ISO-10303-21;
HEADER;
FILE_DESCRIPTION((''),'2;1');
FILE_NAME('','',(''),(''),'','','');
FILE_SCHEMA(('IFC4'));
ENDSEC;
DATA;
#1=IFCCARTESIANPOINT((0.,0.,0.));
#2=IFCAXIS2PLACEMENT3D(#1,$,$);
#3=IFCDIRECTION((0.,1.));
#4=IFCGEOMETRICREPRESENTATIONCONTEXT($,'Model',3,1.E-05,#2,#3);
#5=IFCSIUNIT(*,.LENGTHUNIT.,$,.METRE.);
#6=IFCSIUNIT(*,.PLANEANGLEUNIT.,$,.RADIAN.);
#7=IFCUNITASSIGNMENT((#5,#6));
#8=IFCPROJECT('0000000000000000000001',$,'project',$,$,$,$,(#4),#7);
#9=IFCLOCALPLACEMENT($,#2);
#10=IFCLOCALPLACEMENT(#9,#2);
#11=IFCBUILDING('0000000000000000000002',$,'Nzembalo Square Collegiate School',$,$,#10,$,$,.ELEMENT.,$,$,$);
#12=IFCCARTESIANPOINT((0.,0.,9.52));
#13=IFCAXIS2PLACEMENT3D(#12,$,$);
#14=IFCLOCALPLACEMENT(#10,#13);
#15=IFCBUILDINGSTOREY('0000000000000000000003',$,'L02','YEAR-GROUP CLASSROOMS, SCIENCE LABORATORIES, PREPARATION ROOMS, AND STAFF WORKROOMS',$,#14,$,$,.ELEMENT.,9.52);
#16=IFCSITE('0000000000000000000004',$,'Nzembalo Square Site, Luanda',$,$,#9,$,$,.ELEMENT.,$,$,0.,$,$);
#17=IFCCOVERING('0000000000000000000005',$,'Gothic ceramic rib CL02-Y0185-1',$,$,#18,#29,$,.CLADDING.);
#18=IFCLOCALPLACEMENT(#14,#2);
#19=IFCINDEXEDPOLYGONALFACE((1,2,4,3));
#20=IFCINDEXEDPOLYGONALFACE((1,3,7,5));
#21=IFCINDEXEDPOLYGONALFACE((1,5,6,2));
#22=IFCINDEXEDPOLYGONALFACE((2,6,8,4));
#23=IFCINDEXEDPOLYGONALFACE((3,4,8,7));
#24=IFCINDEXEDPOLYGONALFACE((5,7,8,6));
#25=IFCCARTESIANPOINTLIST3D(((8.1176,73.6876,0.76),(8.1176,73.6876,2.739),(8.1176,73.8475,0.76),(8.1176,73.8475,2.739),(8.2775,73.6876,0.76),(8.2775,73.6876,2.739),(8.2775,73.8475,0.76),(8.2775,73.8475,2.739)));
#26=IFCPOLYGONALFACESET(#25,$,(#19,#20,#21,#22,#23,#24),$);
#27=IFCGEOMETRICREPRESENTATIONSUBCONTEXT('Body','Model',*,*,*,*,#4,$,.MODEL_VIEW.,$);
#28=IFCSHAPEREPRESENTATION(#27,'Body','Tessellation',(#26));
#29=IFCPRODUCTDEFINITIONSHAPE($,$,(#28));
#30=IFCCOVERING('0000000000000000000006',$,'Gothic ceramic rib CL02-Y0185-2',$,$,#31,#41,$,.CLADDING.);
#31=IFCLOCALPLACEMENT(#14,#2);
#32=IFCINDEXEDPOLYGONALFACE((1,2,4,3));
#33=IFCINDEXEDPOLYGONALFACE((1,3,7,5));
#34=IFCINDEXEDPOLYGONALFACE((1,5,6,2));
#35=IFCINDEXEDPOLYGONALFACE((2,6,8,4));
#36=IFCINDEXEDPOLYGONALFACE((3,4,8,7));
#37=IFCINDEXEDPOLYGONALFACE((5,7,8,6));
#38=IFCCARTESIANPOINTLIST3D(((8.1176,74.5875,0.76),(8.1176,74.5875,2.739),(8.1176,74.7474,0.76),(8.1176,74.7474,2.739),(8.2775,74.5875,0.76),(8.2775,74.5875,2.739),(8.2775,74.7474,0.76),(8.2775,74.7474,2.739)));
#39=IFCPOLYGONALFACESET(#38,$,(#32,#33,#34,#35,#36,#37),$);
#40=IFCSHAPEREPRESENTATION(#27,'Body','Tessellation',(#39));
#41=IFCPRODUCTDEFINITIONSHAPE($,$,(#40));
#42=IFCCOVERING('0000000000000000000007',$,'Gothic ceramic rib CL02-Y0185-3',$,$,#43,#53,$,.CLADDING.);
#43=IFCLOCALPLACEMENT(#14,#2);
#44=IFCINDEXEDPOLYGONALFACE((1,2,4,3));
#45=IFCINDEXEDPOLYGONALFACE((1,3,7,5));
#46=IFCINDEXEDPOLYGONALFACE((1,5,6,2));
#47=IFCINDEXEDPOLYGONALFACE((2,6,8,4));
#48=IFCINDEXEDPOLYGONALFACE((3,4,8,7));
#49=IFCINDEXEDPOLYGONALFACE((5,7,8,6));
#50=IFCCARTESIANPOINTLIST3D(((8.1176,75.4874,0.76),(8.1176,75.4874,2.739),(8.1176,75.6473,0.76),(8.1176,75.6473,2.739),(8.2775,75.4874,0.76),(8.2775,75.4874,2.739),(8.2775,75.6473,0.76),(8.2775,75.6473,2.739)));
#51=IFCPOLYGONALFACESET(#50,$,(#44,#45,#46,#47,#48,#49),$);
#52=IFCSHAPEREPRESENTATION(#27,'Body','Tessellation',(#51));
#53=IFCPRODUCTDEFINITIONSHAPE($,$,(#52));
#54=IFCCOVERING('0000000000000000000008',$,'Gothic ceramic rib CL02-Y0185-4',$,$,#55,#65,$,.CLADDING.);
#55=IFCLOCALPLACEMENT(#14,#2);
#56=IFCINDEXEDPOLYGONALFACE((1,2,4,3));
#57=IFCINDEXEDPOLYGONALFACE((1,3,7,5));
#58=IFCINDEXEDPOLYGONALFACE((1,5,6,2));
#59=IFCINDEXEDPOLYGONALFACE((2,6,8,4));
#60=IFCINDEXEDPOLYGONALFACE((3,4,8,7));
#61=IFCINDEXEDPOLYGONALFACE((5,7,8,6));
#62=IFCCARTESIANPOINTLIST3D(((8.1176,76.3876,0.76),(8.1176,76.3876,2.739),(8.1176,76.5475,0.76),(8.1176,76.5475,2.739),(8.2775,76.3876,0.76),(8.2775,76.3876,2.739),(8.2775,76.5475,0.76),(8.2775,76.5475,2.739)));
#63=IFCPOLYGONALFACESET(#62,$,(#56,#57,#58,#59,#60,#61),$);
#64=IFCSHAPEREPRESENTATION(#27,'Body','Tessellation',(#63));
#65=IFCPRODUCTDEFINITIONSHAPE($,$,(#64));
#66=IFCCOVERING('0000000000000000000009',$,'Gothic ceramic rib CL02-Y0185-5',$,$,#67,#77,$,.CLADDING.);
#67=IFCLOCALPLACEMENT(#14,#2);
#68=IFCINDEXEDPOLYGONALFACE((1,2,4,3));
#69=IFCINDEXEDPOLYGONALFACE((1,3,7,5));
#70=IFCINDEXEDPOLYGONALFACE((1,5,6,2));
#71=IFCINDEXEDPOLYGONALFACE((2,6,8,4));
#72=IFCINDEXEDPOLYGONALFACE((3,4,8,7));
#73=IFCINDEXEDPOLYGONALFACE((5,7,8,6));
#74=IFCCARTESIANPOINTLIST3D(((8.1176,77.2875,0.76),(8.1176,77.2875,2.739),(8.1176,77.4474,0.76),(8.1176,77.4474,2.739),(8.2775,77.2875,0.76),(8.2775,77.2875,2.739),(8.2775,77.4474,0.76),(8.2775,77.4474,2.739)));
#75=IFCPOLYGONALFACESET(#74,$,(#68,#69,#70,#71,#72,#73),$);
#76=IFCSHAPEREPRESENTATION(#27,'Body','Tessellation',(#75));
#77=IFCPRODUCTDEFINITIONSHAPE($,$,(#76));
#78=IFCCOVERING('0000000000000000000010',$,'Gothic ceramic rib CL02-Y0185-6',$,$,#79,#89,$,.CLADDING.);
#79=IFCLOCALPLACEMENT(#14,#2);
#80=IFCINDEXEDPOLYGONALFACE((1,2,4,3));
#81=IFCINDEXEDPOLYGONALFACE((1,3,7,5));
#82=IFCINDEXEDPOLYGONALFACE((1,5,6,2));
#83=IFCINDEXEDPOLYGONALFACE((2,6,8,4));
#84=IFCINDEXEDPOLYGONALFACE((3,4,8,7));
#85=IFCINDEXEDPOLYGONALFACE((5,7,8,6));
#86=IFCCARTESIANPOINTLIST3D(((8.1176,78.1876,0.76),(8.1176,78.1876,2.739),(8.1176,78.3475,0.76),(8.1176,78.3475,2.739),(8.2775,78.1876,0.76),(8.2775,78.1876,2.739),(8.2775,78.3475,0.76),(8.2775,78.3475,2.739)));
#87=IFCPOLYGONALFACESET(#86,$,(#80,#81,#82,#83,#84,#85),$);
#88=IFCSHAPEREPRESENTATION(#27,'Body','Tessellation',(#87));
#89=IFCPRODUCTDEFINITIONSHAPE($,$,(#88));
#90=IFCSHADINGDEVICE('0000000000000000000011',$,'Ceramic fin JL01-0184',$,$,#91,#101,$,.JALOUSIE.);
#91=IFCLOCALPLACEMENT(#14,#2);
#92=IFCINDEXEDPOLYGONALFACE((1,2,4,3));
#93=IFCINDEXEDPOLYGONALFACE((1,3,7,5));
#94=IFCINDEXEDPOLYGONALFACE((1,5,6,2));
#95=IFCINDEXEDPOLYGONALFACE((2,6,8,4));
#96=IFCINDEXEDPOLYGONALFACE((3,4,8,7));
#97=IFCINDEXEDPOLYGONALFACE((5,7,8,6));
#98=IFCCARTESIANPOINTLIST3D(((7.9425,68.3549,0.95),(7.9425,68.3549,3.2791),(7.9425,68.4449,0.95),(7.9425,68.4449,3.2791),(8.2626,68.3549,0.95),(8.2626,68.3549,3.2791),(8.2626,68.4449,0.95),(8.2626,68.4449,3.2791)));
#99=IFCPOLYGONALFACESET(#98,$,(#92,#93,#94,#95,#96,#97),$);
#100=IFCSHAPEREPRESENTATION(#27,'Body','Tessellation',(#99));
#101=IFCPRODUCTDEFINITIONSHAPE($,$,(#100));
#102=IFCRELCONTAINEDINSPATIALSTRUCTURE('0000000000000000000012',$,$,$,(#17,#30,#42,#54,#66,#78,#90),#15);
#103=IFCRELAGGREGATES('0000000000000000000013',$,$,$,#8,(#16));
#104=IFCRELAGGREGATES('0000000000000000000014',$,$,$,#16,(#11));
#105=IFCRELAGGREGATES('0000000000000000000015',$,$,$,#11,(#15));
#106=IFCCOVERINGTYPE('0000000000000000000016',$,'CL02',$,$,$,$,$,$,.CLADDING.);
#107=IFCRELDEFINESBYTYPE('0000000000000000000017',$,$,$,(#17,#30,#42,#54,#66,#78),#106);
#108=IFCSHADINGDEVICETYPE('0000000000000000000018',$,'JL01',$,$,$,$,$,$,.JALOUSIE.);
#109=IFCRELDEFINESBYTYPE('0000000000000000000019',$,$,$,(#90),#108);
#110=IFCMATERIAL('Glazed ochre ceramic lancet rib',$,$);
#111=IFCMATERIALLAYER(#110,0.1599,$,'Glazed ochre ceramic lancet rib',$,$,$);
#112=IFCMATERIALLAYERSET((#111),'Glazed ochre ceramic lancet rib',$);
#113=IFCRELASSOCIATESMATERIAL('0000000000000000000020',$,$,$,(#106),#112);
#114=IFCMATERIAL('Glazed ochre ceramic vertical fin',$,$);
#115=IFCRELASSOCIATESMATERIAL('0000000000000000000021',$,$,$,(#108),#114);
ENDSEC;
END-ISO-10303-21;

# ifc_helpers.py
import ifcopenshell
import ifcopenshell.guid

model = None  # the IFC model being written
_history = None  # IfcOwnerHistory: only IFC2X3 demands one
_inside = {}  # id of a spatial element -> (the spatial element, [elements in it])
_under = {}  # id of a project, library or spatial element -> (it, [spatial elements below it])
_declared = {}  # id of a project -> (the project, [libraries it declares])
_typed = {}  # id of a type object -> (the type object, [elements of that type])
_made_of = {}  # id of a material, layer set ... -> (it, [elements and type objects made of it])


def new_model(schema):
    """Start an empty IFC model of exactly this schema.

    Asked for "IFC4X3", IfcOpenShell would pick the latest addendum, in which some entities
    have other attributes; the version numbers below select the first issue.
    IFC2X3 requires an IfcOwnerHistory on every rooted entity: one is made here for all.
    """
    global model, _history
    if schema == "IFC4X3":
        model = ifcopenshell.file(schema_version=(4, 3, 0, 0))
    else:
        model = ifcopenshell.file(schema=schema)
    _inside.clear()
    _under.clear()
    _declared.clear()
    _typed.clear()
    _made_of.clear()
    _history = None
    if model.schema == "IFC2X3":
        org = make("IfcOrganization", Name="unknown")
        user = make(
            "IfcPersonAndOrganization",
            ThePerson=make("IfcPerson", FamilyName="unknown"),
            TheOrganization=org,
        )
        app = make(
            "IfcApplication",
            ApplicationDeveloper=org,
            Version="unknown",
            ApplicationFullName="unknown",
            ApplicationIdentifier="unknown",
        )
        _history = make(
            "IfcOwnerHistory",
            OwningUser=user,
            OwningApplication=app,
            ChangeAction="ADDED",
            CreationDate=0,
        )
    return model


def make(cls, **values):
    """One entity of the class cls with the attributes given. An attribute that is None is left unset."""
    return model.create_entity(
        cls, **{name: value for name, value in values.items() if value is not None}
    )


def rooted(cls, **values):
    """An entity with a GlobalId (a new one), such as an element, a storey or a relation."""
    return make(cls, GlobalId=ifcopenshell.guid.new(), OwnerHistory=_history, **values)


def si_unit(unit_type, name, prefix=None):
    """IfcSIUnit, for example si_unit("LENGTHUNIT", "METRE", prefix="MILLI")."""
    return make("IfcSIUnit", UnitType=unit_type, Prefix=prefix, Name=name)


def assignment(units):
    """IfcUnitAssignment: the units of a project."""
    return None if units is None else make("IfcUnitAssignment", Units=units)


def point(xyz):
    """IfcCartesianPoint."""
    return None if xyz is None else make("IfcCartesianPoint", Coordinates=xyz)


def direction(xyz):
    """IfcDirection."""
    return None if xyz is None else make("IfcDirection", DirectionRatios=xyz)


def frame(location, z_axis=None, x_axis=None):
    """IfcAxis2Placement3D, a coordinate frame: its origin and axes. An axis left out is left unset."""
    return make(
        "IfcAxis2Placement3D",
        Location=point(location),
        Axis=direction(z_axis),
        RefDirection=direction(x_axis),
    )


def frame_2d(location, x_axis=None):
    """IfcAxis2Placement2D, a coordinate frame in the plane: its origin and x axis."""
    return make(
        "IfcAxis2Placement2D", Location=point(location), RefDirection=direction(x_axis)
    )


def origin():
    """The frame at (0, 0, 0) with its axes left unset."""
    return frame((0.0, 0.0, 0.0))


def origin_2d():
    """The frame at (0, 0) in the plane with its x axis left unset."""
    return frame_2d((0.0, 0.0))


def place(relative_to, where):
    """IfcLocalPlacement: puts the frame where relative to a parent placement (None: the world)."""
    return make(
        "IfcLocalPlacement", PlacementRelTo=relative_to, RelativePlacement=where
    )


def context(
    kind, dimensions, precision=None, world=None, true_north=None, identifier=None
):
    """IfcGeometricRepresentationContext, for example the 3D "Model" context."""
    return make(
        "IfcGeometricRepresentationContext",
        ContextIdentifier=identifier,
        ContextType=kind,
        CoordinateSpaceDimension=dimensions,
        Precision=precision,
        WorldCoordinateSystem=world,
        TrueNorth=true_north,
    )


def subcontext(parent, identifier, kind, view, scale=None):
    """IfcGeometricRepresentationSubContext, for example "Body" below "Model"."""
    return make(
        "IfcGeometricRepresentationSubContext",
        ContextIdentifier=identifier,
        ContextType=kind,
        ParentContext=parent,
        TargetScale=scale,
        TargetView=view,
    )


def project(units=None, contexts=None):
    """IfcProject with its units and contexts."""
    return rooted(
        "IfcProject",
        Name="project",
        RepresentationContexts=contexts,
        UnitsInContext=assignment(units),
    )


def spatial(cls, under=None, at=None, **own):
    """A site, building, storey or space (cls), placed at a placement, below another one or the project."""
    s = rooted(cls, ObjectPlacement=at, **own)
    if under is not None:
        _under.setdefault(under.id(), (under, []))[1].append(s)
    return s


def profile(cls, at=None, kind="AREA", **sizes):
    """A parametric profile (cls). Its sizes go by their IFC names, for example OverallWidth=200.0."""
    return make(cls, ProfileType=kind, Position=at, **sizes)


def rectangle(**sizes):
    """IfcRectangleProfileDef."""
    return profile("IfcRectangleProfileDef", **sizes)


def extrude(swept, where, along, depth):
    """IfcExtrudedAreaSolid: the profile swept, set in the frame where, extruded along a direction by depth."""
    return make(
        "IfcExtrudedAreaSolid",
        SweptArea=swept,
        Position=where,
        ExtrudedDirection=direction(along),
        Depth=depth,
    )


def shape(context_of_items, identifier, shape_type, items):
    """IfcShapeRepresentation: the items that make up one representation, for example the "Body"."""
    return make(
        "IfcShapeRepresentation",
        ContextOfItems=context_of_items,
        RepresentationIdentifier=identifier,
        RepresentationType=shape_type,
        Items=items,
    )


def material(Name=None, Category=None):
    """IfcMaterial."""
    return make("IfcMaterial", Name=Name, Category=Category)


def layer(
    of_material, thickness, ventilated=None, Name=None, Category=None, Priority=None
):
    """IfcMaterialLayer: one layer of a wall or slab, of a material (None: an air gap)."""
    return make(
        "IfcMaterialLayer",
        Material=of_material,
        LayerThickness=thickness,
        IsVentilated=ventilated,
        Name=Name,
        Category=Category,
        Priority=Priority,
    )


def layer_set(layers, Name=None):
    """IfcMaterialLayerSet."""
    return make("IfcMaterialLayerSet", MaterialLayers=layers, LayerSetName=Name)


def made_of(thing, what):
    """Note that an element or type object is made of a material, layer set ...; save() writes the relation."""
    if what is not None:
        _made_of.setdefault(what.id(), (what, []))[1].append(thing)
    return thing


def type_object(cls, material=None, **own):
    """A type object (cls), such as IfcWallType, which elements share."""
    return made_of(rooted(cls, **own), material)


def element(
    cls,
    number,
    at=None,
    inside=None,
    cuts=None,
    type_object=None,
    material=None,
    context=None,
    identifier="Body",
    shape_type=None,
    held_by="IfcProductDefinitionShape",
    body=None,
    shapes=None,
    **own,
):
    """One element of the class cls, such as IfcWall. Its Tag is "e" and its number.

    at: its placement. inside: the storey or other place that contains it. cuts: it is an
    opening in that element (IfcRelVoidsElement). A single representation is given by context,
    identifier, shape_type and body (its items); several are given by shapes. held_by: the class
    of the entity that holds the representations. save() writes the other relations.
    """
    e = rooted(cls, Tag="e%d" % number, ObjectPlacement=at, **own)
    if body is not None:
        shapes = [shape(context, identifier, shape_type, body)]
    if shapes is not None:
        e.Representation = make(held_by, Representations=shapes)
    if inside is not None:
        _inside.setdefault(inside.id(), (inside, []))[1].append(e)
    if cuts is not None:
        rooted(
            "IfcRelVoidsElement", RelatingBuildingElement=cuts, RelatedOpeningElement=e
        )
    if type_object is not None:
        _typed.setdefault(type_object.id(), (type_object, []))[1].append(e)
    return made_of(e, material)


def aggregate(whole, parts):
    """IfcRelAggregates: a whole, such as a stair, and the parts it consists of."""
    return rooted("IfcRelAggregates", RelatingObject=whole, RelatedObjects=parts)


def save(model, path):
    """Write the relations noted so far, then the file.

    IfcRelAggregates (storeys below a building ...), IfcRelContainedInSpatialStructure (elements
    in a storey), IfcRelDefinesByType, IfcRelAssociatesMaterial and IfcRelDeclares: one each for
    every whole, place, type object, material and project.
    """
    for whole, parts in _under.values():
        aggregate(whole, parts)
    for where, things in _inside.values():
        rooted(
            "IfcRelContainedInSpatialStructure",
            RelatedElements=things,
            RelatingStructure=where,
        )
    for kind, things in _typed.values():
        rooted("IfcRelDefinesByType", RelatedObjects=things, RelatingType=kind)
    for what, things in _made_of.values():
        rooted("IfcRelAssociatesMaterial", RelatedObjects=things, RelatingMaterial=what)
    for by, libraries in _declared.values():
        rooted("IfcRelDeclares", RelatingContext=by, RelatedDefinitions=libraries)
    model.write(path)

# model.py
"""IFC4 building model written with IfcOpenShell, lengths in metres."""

from ifc_helpers import new_model, si_unit, direction, frame, origin, origin_2d, place, context, subcontext, project, spatial, rectangle, extrude, material, layer, layer_set, type_object, element, save


model = new_model("IFC4")

# Units and contexts
model_context = context("Model", 3, precision=1e-05, world=origin(), true_north=direction((0.0, 1.0)))
body_context = subcontext(model_context, "Body", "Model", "MODEL_VIEW")
ifc_project = project(units=[si_unit("LENGTHUNIT", "METRE"), si_unit("PLANEANGLEUNIT", "RADIAN")], contexts=[model_context])

# Site, building, storey
site_placement = place(None, origin())
site = spatial("IfcSite", under=ifc_project, at=site_placement, Name="Nzembalo Square Site, Luanda", CompositionType="ELEMENT", RefElevation=0.0)
building_placement = place(site_placement, origin())
building = spatial("IfcBuilding", under=site, at=building_placement, Name="Nzembalo Square Collegiate School", CompositionType="ELEMENT")
storey_placement = place(building_placement, frame((0.0, 0.0, 9.52)))
storey = spatial("IfcBuildingStorey", under=building, at=storey_placement, Name="L02", Description="YEAR-GROUP CLASSROOMS, SCIENCE LABORATORIES, PREPARATION ROOMS, AND STAFF WORKROOMS", CompositionType="ELEMENT", Elevation=9.52)

# Coverings
ifc_material_1 = material(Name="Glazed ochre ceramic lancet rib")
ifc_layer_1 = layer(ifc_material_1, 0.1599, Name="Glazed ochre ceramic lancet rib")
ifc_layer_set_1 = layer_set([ifc_layer_1], Name="Glazed ochre ceramic lancet rib")
covering_type_1 = type_object("IfcCoveringType", Name="CL02", PredefinedType="CLADDING", material=ifc_layer_set_1)
for number, where, z_axis, x_axis, name in (
    (1, (8.1975, 73.7676, 0.76), (0.0, 0.0, 1.0), (1.0, 0.0, 0.0), "Gothic ceramic rib CL02-Y0185-1"),
    (2, (8.1975, 74.6675, 0.76), (0.0, 0.0, 1.0), (1.0, 0.0, 0.0), "Gothic ceramic rib CL02-Y0185-2"),
    (3, (8.1975, 75.5674, 0.76), (0.0, 0.0, 1.0), (1.0, 0.0, 0.0), "Gothic ceramic rib CL02-Y0185-3"),
    (4, (8.1975, 76.4675, 0.76), (0.0, 0.0, 1.0), (1.0, 0.0, 0.0), "Gothic ceramic rib CL02-Y0185-4"),
    (5, (8.1975, 77.3674, 0.76), (0.0, 0.0, 1.0), (1.0, 0.0, 0.0), "Gothic ceramic rib CL02-Y0185-5"),
    (6, (8.1975, 78.2676, 0.76), (0.0, 0.0, 1.0), (1.0, 0.0, 0.0), "Gothic ceramic rib CL02-Y0185-6"),
):
    element("IfcCovering", number, at=place(storey_placement, frame(where, z_axis=z_axis, x_axis=x_axis)), inside=storey, type_object=covering_type_1, Name=name, PredefinedType="CLADDING", context=body_context, shape_type="SweptSolid", body=[
        extrude(rectangle(XDim=0.1599, YDim=0.1599, at=origin_2d()), origin(), (0.0, 0.0, 1.0), 1.979),
    ])

# Shading device
ifc_material_2 = material(Name="Glazed ochre ceramic vertical fin")
shading_device_type = type_object("IfcShadingDeviceType", Name="JL01", PredefinedType="JALOUSIE", material=ifc_material_2)
shading_device_placement = place(storey_placement, frame((8.1025, 68.3999, 0.95), z_axis=(0.0, 0.0, 1.0), x_axis=(1.0, 0.0, 0.0)))
element("IfcShadingDevice", 7, at=shading_device_placement, inside=storey, type_object=shading_device_type, Name="Ceramic fin JL01-0184", PredefinedType="JALOUSIE", context=body_context, shape_type="SweptSolid", body=[
    extrude(rectangle(XDim=0.3201, YDim=0.0901, at=origin_2d()), origin(), (0.0, 0.0, 1.0), 2.3291),
])

save(model, "model.ifc")
